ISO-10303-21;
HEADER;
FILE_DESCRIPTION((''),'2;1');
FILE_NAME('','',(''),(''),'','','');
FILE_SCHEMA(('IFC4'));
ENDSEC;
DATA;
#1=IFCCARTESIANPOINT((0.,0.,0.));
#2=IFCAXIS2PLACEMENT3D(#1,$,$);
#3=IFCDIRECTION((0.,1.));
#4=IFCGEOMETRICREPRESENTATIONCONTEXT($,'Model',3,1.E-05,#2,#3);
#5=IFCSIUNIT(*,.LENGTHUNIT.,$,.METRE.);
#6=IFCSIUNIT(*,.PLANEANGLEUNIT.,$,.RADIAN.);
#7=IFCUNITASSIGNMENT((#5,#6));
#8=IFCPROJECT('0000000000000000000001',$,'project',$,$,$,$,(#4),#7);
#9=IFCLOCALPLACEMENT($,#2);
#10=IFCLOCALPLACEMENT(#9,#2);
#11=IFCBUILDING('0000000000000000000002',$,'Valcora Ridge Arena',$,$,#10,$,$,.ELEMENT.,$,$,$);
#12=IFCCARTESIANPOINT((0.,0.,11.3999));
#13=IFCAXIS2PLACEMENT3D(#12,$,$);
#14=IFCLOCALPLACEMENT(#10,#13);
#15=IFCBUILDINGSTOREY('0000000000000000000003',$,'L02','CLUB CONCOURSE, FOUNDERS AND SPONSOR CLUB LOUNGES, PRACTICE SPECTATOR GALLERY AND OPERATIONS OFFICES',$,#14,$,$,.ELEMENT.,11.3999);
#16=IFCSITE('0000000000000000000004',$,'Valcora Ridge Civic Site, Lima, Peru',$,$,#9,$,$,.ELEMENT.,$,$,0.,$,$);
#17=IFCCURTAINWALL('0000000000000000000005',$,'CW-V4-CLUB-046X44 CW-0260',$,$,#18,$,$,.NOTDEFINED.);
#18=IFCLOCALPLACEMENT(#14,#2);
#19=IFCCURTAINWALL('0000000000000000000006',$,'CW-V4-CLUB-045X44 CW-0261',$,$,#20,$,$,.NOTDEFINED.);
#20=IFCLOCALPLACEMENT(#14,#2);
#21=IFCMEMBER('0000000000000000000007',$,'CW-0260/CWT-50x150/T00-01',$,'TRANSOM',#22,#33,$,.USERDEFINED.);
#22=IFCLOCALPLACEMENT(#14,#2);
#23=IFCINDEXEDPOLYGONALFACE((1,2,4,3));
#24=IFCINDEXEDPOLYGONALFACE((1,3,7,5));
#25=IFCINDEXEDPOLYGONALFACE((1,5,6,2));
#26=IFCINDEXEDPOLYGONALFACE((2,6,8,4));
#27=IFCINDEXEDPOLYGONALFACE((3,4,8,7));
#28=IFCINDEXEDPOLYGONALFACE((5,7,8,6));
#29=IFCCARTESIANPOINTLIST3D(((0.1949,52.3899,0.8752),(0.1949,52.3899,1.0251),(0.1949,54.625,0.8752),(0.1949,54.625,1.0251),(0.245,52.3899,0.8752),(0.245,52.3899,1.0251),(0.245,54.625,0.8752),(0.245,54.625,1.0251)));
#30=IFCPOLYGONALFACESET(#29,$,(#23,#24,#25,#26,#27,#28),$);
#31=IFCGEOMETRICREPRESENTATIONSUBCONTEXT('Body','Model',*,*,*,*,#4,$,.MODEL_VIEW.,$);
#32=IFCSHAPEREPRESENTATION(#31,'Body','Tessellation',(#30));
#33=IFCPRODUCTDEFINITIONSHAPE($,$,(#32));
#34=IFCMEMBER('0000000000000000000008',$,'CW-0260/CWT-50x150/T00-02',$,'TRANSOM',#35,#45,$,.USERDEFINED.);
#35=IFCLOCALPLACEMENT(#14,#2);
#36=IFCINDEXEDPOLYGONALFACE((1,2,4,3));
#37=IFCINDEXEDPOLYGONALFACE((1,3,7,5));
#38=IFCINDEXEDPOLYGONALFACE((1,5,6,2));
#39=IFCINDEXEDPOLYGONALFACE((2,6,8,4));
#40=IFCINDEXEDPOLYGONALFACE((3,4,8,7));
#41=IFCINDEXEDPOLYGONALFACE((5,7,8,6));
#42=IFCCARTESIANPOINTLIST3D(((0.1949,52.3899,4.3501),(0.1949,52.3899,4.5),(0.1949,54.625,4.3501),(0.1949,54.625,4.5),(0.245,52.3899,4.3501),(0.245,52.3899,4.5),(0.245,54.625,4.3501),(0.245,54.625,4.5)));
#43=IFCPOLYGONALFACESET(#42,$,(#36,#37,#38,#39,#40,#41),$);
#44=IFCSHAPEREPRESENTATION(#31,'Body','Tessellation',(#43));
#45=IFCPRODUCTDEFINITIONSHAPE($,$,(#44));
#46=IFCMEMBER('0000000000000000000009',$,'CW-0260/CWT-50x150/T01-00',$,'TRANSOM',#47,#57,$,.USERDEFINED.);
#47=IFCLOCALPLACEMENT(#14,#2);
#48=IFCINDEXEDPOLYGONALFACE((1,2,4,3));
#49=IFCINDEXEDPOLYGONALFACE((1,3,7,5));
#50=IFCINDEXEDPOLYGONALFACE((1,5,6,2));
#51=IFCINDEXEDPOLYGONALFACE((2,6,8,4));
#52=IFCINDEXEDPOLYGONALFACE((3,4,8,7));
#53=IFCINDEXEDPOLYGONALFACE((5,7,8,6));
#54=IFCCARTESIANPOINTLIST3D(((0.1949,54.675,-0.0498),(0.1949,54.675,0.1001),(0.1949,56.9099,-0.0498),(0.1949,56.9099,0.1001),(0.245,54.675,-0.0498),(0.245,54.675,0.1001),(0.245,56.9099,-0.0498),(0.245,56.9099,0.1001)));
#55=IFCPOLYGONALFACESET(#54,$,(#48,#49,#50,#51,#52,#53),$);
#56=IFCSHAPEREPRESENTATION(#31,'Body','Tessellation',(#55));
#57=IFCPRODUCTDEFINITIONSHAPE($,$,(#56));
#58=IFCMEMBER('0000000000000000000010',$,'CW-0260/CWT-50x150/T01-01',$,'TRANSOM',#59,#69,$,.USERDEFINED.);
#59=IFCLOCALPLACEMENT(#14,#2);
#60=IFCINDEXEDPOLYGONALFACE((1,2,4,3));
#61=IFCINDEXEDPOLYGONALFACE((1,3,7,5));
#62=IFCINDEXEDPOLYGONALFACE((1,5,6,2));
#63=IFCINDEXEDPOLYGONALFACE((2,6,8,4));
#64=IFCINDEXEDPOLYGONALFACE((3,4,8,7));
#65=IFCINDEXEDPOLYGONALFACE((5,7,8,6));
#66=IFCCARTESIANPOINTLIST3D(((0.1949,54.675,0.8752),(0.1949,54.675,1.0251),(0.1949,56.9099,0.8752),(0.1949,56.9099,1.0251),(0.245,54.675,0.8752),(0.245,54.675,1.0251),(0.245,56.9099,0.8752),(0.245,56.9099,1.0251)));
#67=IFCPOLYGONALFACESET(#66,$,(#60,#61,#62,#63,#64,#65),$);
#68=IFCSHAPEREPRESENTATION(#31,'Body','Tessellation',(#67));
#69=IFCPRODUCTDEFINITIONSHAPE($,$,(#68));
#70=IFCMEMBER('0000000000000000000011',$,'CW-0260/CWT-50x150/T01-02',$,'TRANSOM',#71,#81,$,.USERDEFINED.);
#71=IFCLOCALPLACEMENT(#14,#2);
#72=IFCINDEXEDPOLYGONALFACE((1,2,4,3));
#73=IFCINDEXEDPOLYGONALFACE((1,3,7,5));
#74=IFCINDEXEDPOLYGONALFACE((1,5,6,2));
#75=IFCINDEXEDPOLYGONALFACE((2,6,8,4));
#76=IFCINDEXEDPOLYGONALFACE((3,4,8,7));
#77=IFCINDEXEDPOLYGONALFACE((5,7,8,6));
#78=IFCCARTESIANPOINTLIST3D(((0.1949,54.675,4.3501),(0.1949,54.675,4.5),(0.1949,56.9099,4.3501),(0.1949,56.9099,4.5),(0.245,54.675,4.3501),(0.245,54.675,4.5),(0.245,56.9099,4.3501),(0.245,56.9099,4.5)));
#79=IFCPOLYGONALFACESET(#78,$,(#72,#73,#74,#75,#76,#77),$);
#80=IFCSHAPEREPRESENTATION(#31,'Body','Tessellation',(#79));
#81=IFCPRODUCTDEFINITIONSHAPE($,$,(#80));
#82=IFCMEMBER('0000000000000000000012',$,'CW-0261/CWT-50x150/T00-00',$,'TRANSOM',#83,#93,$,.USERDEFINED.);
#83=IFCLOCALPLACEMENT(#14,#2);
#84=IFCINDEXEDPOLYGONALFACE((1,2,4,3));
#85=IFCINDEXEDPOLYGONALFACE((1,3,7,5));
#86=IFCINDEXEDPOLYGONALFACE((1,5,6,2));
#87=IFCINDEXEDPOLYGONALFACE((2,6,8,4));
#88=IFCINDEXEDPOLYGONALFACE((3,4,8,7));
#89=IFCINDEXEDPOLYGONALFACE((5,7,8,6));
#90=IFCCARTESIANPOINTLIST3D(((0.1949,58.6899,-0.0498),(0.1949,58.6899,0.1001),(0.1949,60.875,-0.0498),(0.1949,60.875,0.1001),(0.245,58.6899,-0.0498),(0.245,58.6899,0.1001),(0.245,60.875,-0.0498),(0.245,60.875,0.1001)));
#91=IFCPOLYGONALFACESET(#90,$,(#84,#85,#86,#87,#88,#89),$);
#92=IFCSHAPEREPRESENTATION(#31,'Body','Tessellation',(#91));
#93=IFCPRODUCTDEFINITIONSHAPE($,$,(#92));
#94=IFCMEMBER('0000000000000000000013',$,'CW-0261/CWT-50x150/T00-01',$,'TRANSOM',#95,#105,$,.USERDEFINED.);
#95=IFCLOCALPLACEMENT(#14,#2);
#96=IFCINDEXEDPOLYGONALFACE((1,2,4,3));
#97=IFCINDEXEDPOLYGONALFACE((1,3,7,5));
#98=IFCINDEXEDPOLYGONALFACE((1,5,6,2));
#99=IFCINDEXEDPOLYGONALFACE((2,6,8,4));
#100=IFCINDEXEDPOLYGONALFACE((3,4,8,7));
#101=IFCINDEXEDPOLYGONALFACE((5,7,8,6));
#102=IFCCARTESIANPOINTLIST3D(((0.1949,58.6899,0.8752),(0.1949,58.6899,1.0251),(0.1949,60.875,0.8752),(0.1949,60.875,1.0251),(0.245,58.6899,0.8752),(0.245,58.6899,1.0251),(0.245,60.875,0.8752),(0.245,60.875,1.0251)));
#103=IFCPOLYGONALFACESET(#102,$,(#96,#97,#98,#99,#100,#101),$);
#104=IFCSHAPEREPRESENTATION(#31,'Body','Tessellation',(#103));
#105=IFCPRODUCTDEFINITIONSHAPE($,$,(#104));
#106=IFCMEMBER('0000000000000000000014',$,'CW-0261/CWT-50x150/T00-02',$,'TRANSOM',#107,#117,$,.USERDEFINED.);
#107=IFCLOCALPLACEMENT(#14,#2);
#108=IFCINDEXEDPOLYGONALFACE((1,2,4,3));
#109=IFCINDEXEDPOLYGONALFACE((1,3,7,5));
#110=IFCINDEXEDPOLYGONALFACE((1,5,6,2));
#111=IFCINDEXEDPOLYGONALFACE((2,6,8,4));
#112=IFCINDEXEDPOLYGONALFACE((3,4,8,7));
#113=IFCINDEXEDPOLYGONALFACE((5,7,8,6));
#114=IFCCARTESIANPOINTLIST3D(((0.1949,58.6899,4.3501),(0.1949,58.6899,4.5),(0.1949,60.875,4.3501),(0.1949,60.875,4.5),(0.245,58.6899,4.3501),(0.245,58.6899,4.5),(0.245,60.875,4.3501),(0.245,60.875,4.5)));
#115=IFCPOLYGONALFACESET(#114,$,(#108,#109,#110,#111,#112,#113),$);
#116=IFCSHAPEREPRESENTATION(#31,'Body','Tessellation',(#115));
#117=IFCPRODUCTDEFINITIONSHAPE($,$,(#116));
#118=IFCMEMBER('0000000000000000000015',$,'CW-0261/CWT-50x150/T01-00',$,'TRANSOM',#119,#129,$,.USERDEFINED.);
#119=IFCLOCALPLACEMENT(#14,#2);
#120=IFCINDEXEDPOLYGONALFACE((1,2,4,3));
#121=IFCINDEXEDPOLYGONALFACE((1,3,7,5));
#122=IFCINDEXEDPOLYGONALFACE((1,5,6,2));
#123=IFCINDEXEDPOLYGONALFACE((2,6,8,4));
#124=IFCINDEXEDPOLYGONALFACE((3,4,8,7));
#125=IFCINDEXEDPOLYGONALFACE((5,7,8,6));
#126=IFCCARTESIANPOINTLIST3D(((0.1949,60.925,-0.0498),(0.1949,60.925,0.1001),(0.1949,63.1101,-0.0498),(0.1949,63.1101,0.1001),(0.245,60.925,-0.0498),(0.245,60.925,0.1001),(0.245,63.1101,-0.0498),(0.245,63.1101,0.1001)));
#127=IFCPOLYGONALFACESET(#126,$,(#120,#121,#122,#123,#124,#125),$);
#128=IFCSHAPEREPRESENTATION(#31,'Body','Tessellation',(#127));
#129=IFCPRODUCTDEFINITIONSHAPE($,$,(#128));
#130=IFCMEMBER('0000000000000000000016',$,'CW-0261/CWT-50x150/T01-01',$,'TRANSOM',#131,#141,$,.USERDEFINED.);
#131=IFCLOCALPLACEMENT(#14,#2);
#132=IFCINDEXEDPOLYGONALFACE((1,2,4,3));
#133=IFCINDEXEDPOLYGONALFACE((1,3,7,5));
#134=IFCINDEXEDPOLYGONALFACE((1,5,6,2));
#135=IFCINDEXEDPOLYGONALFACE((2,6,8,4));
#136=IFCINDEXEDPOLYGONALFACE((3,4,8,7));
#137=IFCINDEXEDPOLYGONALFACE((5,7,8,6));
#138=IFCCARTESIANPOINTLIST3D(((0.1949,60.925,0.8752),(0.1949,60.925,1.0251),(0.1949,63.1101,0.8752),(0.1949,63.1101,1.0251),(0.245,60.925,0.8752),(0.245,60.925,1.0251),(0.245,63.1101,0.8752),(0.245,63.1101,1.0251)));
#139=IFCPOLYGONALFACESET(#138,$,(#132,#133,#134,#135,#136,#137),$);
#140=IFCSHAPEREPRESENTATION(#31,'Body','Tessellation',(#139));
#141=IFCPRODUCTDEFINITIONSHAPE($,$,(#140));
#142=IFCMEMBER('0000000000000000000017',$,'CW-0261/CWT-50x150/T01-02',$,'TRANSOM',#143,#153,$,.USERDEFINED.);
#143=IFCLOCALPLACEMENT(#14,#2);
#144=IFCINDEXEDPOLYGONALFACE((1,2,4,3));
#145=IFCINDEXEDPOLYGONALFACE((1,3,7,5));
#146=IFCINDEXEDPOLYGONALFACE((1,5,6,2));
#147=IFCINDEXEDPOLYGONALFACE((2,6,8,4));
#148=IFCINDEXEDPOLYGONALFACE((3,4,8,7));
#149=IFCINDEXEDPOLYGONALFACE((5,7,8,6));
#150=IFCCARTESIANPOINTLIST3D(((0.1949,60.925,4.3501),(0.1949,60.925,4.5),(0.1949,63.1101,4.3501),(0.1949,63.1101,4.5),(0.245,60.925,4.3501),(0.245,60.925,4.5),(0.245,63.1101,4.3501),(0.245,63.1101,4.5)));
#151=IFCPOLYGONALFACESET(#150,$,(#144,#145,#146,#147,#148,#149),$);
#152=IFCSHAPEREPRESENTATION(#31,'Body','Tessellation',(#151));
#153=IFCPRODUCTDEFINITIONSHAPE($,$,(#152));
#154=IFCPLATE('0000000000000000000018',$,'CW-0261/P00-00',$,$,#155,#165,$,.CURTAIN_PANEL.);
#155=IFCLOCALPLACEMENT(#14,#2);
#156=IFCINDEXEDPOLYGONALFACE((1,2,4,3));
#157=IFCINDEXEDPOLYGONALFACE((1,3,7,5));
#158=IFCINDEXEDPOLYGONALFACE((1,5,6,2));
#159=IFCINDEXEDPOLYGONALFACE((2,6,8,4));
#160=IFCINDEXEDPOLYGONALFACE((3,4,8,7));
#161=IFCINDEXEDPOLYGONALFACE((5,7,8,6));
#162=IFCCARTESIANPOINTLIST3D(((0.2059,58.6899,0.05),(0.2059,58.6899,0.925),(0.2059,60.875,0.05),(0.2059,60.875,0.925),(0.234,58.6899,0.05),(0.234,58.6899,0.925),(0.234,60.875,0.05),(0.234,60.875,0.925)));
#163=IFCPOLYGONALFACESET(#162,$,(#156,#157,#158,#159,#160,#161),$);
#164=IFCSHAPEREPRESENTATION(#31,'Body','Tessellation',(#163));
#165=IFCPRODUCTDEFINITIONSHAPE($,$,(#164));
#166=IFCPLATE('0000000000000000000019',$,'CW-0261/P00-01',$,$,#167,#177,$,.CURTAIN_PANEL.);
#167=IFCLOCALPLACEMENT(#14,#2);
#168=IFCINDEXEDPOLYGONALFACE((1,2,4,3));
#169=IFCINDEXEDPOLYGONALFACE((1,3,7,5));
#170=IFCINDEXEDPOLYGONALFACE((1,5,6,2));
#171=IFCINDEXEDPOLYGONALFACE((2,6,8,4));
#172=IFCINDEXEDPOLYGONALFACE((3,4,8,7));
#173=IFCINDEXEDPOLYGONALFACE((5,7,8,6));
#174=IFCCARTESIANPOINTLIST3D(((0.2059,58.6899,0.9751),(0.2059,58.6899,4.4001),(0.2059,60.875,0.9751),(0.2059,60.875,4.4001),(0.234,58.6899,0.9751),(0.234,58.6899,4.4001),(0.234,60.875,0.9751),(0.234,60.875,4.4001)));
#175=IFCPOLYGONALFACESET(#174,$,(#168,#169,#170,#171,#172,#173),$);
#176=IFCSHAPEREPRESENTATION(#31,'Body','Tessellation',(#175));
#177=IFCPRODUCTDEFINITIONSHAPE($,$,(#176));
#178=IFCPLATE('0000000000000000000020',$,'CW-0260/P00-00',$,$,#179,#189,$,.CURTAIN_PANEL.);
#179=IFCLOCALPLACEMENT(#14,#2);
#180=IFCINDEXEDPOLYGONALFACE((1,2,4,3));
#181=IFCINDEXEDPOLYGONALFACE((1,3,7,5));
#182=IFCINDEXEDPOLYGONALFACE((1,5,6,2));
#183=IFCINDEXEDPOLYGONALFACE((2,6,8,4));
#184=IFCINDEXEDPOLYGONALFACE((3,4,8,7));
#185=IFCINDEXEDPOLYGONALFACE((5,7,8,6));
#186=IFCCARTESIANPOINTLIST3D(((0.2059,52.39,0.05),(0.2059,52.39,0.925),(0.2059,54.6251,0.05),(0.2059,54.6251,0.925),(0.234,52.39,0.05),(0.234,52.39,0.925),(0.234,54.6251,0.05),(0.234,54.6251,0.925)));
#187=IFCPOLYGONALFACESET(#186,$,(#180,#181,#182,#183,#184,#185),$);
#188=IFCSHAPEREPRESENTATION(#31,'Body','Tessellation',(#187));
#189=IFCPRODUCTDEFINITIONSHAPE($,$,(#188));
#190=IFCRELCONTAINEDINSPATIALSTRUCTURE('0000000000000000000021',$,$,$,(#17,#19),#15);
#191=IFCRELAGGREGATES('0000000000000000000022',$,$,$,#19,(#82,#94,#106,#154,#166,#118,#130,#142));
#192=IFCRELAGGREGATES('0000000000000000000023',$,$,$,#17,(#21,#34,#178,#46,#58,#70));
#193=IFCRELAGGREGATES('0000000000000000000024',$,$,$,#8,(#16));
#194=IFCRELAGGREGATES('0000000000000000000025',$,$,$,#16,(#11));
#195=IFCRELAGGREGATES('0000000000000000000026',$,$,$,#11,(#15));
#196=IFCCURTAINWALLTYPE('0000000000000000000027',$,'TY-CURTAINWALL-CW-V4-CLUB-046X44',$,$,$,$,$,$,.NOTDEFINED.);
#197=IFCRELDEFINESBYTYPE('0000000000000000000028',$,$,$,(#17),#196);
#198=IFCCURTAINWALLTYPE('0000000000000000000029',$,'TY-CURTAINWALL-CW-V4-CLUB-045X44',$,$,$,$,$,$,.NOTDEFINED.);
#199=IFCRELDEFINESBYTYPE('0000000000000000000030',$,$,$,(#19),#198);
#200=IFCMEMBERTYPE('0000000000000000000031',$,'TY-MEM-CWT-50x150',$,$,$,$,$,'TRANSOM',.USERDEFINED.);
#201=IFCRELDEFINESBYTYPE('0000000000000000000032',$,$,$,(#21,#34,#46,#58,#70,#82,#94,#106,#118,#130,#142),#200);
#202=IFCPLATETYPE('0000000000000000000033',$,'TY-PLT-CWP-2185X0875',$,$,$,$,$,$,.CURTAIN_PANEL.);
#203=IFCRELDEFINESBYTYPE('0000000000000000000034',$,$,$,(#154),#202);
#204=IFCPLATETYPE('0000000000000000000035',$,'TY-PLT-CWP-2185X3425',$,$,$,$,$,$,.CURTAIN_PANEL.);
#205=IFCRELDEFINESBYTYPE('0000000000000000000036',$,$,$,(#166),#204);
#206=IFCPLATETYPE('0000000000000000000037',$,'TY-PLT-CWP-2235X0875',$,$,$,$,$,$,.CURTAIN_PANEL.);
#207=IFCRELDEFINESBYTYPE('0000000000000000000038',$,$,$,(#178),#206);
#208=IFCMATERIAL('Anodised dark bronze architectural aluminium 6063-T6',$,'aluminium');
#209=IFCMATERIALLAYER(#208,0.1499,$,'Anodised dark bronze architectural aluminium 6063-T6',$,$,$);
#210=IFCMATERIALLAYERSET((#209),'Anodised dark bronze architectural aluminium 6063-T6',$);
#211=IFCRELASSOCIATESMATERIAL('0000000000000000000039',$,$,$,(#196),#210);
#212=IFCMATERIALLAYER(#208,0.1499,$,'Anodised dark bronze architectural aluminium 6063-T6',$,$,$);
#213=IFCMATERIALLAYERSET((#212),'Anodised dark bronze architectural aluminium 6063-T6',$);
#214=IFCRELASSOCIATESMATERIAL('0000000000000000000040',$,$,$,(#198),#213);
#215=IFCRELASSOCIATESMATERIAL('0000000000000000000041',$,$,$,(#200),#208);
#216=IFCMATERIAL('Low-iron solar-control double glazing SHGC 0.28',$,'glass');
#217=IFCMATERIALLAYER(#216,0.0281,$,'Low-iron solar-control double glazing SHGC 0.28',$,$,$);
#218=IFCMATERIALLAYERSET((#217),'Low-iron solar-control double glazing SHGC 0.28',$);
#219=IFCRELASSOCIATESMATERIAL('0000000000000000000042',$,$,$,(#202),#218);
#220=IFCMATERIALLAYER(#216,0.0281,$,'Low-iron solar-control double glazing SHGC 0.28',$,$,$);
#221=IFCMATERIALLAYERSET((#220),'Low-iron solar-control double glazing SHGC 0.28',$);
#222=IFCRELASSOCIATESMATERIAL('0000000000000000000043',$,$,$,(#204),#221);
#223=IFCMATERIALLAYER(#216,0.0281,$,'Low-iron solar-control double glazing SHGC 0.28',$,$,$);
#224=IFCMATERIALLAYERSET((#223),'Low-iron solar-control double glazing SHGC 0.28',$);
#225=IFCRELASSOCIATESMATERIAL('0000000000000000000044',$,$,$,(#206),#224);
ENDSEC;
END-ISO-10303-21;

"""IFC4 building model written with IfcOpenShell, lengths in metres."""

from ifc_helpers import new_model, si_unit, direction, frame, origin, origin_2d, place, context, subcontext, project, spatial, rectangle, extrude, material, layer, layer_set, material_profile, profile_set, type_object, element, aggregate, save


model = new_model("IFC4")

# Units and contexts
model_context = context("Model", 3, precision=1e-05, world=origin(), true_north=direction((0.0, 1.0)))
body_context = subcontext(model_context, "Body", "Model", "MODEL_VIEW")
ifc_project = project(units=[si_unit("LENGTHUNIT", "METRE"), si_unit("PLANEANGLEUNIT", "RADIAN")], contexts=[model_context])

# Site, building, storey
site_placement = place(None, origin())
site = spatial("IfcSite", under=ifc_project, at=site_placement, Name="Valcora Ridge Civic Site, Lima, Peru", CompositionType="ELEMENT", RefElevation=0.0)
building_placement = place(site_placement, origin())
building = spatial("IfcBuilding", under=site, at=building_placement, Name="Valcora Ridge Arena", CompositionType="ELEMENT")
storey_placement = place(building_placement, frame((0.0, 0.0, 11.3999)))
storey = spatial("IfcBuildingStorey", under=building, at=storey_placement, Name="L02", Description="CLUB CONCOURSE, FOUNDERS AND SPONSOR CLUB LOUNGES, PRACTICE SPECTATOR GALLERY AND OPERATIONS OFFICES", CompositionType="ELEMENT", Elevation=11.3999)

# Shared definitions
ifc_material_1 = material(Name="Anodised dark bronze architectural aluminium 6063-T6", Category="aluminium")

# Curtain walls
ifc_layer_1 = layer(ifc_material_1, 0.1499, Name="Anodised dark bronze architectural aluminium 6063-T6")
ifc_layer_set_1 = layer_set([ifc_layer_1], Name="Anodised dark bronze architectural aluminium 6063-T6")
curtain_wall_type_1 = type_object("IfcCurtainWallType", Name="TY-CURTAINWALL-CW-V4-CLUB-046X44", PredefinedType="NOTDEFINED", material=ifc_layer_set_1)
curtain_wall_1_placement = place(storey_placement, origin())
curtain_wall_1 = element("IfcCurtainWall", 1, at=curtain_wall_1_placement, inside=storey, type_object=curtain_wall_type_1, Name="CW-V4-CLUB-046X44 CW-0260", PredefinedType="NOTDEFINED")
ifc_layer_2 = layer(ifc_material_1, 0.1499, Name="Anodised dark bronze architectural aluminium 6063-T6")
ifc_layer_set_2 = layer_set([ifc_layer_2], Name="Anodised dark bronze architectural aluminium 6063-T6")
curtain_wall_type_2 = type_object("IfcCurtainWallType", Name="TY-CURTAINWALL-CW-V4-CLUB-045X44", PredefinedType="NOTDEFINED", material=ifc_layer_set_2)
curtain_wall_2_placement = place(storey_placement, origin())
curtain_wall_2 = element("IfcCurtainWall", 2, at=curtain_wall_2_placement, inside=storey, type_object=curtain_wall_type_2, Name="CW-V4-CLUB-045X44 CW-0261", PredefinedType="NOTDEFINED")

# Members
ifc_material_profile_1 = material_profile(ifc_material_1, rectangle(XDim=0.05, YDim=0.1499, at=origin_2d()), Name="ALU TRANSOM 50x150")
ifc_profile_set_1 = profile_set([ifc_material_profile_1], Name="Anodised dark bronze architectural aluminium 6063-T6")
member_type_1 = type_object("IfcMemberType", Name="TY-MEM-CWT-50x150", ElementType="TRANSOM", PredefinedType="USERDEFINED", material=ifc_profile_set_1)
member_1_placement = place(storey_placement, frame((0.22, 52.3899, 0.9502), z_axis=(0.0, 1.0, 0.0), x_axis=(-1.0, 0.0, 0.0)))
member_1 = element("IfcMember", 3, at=member_1_placement, type_object=member_type_1, Name="CW-0260/CWT-50x150/T00-01", ObjectType="TRANSOM", PredefinedType="USERDEFINED", context=body_context, shape_type="SweptSolid", body=[
    extrude(rectangle(XDim=0.05, YDim=0.1499, at=origin_2d()), origin(), (0.0, 0.0, 1.0), 2.2351),
])
member_2_placement = place(storey_placement, frame((0.22, 52.3899, 4.425), z_axis=(0.0, 1.0, 0.0), x_axis=(-1.0, 0.0, 0.0)))
member_2 = element("IfcMember", 4, at=member_2_placement, type_object=member_type_1, Name="CW-0260/CWT-50x150/T00-02", ObjectType="TRANSOM", PredefinedType="USERDEFINED", context=body_context, shape_type="SweptSolid", body=[
    extrude(rectangle(XDim=0.05, YDim=0.1499, at=origin_2d()), origin(), (0.0, 0.0, 1.0), 2.2351),
])
member_3_placement = place(storey_placement, frame((0.22, 54.675, 0.0251), z_axis=(0.0, 1.0, 0.0), x_axis=(-1.0, 0.0, 0.0)))
member_3 = element("IfcMember", 5, at=member_3_placement, type_object=member_type_1, Name="CW-0260/CWT-50x150/T01-00", ObjectType="TRANSOM", PredefinedType="USERDEFINED", context=body_context, shape_type="SweptSolid", body=[
    extrude(rectangle(XDim=0.05, YDim=0.1499, at=origin_2d()), origin(), (0.0, 0.0, 1.0), 2.2349),
])
member_4_placement = place(storey_placement, frame((0.22, 54.675, 0.9502), z_axis=(0.0, 1.0, 0.0), x_axis=(-1.0, 0.0, 0.0)))
member_4 = element("IfcMember", 6, at=member_4_placement, type_object=member_type_1, Name="CW-0260/CWT-50x150/T01-01", ObjectType="TRANSOM", PredefinedType="USERDEFINED", context=body_context, shape_type="SweptSolid", body=[
    extrude(rectangle(XDim=0.05, YDim=0.1499, at=origin_2d()), origin(), (0.0, 0.0, 1.0), 2.2349),
])
member_5_placement = place(storey_placement, frame((0.22, 54.675, 4.425), z_axis=(0.0, 1.0, 0.0), x_axis=(-1.0, 0.0, 0.0)))
member_5 = element("IfcMember", 7, at=member_5_placement, type_object=member_type_1, Name="CW-0260/CWT-50x150/T01-02", ObjectType="TRANSOM", PredefinedType="USERDEFINED", context=body_context, shape_type="SweptSolid", body=[
    extrude(rectangle(XDim=0.05, YDim=0.1499, at=origin_2d()), origin(), (0.0, 0.0, 1.0), 2.2349),
])
member_6_placement = place(storey_placement, frame((0.22, 58.6899, 0.0251), z_axis=(0.0, 1.0, 0.0), x_axis=(-1.0, 0.0, 0.0)))
member_6 = element("IfcMember", 8, at=member_6_placement, type_object=member_type_1, Name="CW-0261/CWT-50x150/T00-00", ObjectType="TRANSOM", PredefinedType="USERDEFINED", context=body_context, shape_type="SweptSolid", body=[
    extrude(rectangle(XDim=0.05, YDim=0.1499, at=origin_2d()), origin(), (0.0, 0.0, 1.0), 2.1851),
])
member_7_placement = place(storey_placement, frame((0.22, 58.6899, 0.9502), z_axis=(0.0, 1.0, 0.0), x_axis=(-1.0, 0.0, 0.0)))
member_7 = element("IfcMember", 9, at=member_7_placement, type_object=member_type_1, Name="CW-0261/CWT-50x150/T00-01", ObjectType="TRANSOM", PredefinedType="USERDEFINED", context=body_context, shape_type="SweptSolid", body=[
    extrude(rectangle(XDim=0.05, YDim=0.1499, at=origin_2d()), origin(), (0.0, 0.0, 1.0), 2.1851),
])
member_8_placement = place(storey_placement, frame((0.22, 58.6899, 4.425), z_axis=(0.0, 1.0, 0.0), x_axis=(-1.0, 0.0, 0.0)))
member_8 = element("IfcMember", 10, at=member_8_placement, type_object=member_type_1, Name="CW-0261/CWT-50x150/T00-02", ObjectType="TRANSOM", PredefinedType="USERDEFINED", context=body_context, shape_type="SweptSolid", body=[
    extrude(rectangle(XDim=0.05, YDim=0.1499, at=origin_2d()), origin(), (0.0, 0.0, 1.0), 2.1851),
])
member_9_placement = place(storey_placement, frame((0.22, 60.925, 0.0251), z_axis=(0.0, 1.0, 0.0), x_axis=(-1.0, 0.0, 0.0)))
member_9 = element("IfcMember", 11, at=member_9_placement, type_object=member_type_1, Name="CW-0261/CWT-50x150/T01-00", ObjectType="TRANSOM", PredefinedType="USERDEFINED", context=body_context, shape_type="SweptSolid", body=[
    extrude(rectangle(XDim=0.05, YDim=0.1499, at=origin_2d()), origin(), (0.0, 0.0, 1.0), 2.1851),
])
member_10_placement = place(storey_placement, frame((0.22, 60.925, 0.9502), z_axis=(0.0, 1.0, 0.0), x_axis=(-1.0, 0.0, 0.0)))
member_10 = element("IfcMember", 12, at=member_10_placement, type_object=member_type_1, Name="CW-0261/CWT-50x150/T01-01", ObjectType="TRANSOM", PredefinedType="USERDEFINED", context=body_context, shape_type="SweptSolid", body=[
    extrude(rectangle(XDim=0.05, YDim=0.1499, at=origin_2d()), origin(), (0.0, 0.0, 1.0), 2.1851),
])
member_11_placement = place(storey_placement, frame((0.22, 60.925, 4.425), z_axis=(0.0, 1.0, 0.0), x_axis=(-1.0, 0.0, 0.0)))
member_11 = element("IfcMember", 13, at=member_11_placement, type_object=member_type_1, Name="CW-0261/CWT-50x150/T01-02", ObjectType="TRANSOM", PredefinedType="USERDEFINED", context=body_context, shape_type="SweptSolid", body=[
    extrude(rectangle(XDim=0.05, YDim=0.1499, at=origin_2d()), origin(), (0.0, 0.0, 1.0), 2.1851),
])

# Plates
ifc_material_2 = material(Name="Low-iron solar-control double glazing SHGC 0.28", Category="glass")
ifc_layer_3 = layer(ifc_material_2, 0.0281, Name="Low-iron solar-control double glazing SHGC 0.28")
ifc_layer_set_3 = layer_set([ifc_layer_3], Name="Low-iron solar-control double glazing SHGC 0.28")
plate_type_1 = type_object("IfcPlateType", Name="TY-PLT-CWP-2185X0875", PredefinedType="CURTAIN_PANEL", material=ifc_layer_set_3)
plate_1_placement = place(storey_placement, frame((0.22, 59.7825, 0.05), z_axis=(0.0, 0.0, 1.0), x_axis=(0.0, 1.0, 0.0)))
plate_1 = element("IfcPlate", 14, at=plate_1_placement, type_object=plate_type_1, Name="CW-0261/P00-00", PredefinedType="CURTAIN_PANEL", context=body_context, shape_type="SweptSolid", body=[
    extrude(rectangle(XDim=2.1851, YDim=0.0281, at=origin_2d()), origin(), (0.0, 0.0, 1.0), 0.875),
])
ifc_layer_4 = layer(ifc_material_2, 0.0281, Name="Low-iron solar-control double glazing SHGC 0.28")
ifc_layer_set_4 = layer_set([ifc_layer_4], Name="Low-iron solar-control double glazing SHGC 0.28")
plate_type_2 = type_object("IfcPlateType", Name="TY-PLT-CWP-2185X3425", PredefinedType="CURTAIN_PANEL", material=ifc_layer_set_4)
plate_2_placement = place(storey_placement, frame((0.22, 59.7825, 0.9751), z_axis=(0.0, 0.0, 1.0), x_axis=(0.0, 1.0, 0.0)))
plate_2 = element("IfcPlate", 15, at=plate_2_placement, type_object=plate_type_2, Name="CW-0261/P00-01", PredefinedType="CURTAIN_PANEL", context=body_context, shape_type="SweptSolid", body=[
    extrude(rectangle(XDim=2.1851, YDim=0.0281, at=origin_2d()), origin(), (0.0, 0.0, 1.0), 3.425),
])
aggregate(curtain_wall_2, [member_6, member_7, member_8, plate_1, plate_2, member_9, member_10, member_11])
ifc_layer_5 = layer(ifc_material_2, 0.0281, Name="Low-iron solar-control double glazing SHGC 0.28")
ifc_layer_set_5 = layer_set([ifc_layer_5], Name="Low-iron solar-control double glazing SHGC 0.28")
plate_type_3 = type_object("IfcPlateType", Name="TY-PLT-CWP-2235X0875", PredefinedType="CURTAIN_PANEL", material=ifc_layer_set_5)
plate_3_placement = place(storey_placement, frame((0.22, 53.5076, 0.05), z_axis=(0.0, 0.0, 1.0), x_axis=(0.0, 1.0, 0.0)))
plate_3 = element("IfcPlate", 16, at=plate_3_placement, type_object=plate_type_3, Name="CW-0260/P00-00", PredefinedType="CURTAIN_PANEL", context=body_context, shape_type="SweptSolid", body=[
    extrude(rectangle(XDim=2.2351, YDim=0.0281, at=origin_2d()), origin(), (0.0, 0.0, 1.0), 0.875),
])
aggregate(curtain_wall_1, [member_1, member_2, plate_3, member_3, member_4, member_5])

save(model, "model.ifc")
